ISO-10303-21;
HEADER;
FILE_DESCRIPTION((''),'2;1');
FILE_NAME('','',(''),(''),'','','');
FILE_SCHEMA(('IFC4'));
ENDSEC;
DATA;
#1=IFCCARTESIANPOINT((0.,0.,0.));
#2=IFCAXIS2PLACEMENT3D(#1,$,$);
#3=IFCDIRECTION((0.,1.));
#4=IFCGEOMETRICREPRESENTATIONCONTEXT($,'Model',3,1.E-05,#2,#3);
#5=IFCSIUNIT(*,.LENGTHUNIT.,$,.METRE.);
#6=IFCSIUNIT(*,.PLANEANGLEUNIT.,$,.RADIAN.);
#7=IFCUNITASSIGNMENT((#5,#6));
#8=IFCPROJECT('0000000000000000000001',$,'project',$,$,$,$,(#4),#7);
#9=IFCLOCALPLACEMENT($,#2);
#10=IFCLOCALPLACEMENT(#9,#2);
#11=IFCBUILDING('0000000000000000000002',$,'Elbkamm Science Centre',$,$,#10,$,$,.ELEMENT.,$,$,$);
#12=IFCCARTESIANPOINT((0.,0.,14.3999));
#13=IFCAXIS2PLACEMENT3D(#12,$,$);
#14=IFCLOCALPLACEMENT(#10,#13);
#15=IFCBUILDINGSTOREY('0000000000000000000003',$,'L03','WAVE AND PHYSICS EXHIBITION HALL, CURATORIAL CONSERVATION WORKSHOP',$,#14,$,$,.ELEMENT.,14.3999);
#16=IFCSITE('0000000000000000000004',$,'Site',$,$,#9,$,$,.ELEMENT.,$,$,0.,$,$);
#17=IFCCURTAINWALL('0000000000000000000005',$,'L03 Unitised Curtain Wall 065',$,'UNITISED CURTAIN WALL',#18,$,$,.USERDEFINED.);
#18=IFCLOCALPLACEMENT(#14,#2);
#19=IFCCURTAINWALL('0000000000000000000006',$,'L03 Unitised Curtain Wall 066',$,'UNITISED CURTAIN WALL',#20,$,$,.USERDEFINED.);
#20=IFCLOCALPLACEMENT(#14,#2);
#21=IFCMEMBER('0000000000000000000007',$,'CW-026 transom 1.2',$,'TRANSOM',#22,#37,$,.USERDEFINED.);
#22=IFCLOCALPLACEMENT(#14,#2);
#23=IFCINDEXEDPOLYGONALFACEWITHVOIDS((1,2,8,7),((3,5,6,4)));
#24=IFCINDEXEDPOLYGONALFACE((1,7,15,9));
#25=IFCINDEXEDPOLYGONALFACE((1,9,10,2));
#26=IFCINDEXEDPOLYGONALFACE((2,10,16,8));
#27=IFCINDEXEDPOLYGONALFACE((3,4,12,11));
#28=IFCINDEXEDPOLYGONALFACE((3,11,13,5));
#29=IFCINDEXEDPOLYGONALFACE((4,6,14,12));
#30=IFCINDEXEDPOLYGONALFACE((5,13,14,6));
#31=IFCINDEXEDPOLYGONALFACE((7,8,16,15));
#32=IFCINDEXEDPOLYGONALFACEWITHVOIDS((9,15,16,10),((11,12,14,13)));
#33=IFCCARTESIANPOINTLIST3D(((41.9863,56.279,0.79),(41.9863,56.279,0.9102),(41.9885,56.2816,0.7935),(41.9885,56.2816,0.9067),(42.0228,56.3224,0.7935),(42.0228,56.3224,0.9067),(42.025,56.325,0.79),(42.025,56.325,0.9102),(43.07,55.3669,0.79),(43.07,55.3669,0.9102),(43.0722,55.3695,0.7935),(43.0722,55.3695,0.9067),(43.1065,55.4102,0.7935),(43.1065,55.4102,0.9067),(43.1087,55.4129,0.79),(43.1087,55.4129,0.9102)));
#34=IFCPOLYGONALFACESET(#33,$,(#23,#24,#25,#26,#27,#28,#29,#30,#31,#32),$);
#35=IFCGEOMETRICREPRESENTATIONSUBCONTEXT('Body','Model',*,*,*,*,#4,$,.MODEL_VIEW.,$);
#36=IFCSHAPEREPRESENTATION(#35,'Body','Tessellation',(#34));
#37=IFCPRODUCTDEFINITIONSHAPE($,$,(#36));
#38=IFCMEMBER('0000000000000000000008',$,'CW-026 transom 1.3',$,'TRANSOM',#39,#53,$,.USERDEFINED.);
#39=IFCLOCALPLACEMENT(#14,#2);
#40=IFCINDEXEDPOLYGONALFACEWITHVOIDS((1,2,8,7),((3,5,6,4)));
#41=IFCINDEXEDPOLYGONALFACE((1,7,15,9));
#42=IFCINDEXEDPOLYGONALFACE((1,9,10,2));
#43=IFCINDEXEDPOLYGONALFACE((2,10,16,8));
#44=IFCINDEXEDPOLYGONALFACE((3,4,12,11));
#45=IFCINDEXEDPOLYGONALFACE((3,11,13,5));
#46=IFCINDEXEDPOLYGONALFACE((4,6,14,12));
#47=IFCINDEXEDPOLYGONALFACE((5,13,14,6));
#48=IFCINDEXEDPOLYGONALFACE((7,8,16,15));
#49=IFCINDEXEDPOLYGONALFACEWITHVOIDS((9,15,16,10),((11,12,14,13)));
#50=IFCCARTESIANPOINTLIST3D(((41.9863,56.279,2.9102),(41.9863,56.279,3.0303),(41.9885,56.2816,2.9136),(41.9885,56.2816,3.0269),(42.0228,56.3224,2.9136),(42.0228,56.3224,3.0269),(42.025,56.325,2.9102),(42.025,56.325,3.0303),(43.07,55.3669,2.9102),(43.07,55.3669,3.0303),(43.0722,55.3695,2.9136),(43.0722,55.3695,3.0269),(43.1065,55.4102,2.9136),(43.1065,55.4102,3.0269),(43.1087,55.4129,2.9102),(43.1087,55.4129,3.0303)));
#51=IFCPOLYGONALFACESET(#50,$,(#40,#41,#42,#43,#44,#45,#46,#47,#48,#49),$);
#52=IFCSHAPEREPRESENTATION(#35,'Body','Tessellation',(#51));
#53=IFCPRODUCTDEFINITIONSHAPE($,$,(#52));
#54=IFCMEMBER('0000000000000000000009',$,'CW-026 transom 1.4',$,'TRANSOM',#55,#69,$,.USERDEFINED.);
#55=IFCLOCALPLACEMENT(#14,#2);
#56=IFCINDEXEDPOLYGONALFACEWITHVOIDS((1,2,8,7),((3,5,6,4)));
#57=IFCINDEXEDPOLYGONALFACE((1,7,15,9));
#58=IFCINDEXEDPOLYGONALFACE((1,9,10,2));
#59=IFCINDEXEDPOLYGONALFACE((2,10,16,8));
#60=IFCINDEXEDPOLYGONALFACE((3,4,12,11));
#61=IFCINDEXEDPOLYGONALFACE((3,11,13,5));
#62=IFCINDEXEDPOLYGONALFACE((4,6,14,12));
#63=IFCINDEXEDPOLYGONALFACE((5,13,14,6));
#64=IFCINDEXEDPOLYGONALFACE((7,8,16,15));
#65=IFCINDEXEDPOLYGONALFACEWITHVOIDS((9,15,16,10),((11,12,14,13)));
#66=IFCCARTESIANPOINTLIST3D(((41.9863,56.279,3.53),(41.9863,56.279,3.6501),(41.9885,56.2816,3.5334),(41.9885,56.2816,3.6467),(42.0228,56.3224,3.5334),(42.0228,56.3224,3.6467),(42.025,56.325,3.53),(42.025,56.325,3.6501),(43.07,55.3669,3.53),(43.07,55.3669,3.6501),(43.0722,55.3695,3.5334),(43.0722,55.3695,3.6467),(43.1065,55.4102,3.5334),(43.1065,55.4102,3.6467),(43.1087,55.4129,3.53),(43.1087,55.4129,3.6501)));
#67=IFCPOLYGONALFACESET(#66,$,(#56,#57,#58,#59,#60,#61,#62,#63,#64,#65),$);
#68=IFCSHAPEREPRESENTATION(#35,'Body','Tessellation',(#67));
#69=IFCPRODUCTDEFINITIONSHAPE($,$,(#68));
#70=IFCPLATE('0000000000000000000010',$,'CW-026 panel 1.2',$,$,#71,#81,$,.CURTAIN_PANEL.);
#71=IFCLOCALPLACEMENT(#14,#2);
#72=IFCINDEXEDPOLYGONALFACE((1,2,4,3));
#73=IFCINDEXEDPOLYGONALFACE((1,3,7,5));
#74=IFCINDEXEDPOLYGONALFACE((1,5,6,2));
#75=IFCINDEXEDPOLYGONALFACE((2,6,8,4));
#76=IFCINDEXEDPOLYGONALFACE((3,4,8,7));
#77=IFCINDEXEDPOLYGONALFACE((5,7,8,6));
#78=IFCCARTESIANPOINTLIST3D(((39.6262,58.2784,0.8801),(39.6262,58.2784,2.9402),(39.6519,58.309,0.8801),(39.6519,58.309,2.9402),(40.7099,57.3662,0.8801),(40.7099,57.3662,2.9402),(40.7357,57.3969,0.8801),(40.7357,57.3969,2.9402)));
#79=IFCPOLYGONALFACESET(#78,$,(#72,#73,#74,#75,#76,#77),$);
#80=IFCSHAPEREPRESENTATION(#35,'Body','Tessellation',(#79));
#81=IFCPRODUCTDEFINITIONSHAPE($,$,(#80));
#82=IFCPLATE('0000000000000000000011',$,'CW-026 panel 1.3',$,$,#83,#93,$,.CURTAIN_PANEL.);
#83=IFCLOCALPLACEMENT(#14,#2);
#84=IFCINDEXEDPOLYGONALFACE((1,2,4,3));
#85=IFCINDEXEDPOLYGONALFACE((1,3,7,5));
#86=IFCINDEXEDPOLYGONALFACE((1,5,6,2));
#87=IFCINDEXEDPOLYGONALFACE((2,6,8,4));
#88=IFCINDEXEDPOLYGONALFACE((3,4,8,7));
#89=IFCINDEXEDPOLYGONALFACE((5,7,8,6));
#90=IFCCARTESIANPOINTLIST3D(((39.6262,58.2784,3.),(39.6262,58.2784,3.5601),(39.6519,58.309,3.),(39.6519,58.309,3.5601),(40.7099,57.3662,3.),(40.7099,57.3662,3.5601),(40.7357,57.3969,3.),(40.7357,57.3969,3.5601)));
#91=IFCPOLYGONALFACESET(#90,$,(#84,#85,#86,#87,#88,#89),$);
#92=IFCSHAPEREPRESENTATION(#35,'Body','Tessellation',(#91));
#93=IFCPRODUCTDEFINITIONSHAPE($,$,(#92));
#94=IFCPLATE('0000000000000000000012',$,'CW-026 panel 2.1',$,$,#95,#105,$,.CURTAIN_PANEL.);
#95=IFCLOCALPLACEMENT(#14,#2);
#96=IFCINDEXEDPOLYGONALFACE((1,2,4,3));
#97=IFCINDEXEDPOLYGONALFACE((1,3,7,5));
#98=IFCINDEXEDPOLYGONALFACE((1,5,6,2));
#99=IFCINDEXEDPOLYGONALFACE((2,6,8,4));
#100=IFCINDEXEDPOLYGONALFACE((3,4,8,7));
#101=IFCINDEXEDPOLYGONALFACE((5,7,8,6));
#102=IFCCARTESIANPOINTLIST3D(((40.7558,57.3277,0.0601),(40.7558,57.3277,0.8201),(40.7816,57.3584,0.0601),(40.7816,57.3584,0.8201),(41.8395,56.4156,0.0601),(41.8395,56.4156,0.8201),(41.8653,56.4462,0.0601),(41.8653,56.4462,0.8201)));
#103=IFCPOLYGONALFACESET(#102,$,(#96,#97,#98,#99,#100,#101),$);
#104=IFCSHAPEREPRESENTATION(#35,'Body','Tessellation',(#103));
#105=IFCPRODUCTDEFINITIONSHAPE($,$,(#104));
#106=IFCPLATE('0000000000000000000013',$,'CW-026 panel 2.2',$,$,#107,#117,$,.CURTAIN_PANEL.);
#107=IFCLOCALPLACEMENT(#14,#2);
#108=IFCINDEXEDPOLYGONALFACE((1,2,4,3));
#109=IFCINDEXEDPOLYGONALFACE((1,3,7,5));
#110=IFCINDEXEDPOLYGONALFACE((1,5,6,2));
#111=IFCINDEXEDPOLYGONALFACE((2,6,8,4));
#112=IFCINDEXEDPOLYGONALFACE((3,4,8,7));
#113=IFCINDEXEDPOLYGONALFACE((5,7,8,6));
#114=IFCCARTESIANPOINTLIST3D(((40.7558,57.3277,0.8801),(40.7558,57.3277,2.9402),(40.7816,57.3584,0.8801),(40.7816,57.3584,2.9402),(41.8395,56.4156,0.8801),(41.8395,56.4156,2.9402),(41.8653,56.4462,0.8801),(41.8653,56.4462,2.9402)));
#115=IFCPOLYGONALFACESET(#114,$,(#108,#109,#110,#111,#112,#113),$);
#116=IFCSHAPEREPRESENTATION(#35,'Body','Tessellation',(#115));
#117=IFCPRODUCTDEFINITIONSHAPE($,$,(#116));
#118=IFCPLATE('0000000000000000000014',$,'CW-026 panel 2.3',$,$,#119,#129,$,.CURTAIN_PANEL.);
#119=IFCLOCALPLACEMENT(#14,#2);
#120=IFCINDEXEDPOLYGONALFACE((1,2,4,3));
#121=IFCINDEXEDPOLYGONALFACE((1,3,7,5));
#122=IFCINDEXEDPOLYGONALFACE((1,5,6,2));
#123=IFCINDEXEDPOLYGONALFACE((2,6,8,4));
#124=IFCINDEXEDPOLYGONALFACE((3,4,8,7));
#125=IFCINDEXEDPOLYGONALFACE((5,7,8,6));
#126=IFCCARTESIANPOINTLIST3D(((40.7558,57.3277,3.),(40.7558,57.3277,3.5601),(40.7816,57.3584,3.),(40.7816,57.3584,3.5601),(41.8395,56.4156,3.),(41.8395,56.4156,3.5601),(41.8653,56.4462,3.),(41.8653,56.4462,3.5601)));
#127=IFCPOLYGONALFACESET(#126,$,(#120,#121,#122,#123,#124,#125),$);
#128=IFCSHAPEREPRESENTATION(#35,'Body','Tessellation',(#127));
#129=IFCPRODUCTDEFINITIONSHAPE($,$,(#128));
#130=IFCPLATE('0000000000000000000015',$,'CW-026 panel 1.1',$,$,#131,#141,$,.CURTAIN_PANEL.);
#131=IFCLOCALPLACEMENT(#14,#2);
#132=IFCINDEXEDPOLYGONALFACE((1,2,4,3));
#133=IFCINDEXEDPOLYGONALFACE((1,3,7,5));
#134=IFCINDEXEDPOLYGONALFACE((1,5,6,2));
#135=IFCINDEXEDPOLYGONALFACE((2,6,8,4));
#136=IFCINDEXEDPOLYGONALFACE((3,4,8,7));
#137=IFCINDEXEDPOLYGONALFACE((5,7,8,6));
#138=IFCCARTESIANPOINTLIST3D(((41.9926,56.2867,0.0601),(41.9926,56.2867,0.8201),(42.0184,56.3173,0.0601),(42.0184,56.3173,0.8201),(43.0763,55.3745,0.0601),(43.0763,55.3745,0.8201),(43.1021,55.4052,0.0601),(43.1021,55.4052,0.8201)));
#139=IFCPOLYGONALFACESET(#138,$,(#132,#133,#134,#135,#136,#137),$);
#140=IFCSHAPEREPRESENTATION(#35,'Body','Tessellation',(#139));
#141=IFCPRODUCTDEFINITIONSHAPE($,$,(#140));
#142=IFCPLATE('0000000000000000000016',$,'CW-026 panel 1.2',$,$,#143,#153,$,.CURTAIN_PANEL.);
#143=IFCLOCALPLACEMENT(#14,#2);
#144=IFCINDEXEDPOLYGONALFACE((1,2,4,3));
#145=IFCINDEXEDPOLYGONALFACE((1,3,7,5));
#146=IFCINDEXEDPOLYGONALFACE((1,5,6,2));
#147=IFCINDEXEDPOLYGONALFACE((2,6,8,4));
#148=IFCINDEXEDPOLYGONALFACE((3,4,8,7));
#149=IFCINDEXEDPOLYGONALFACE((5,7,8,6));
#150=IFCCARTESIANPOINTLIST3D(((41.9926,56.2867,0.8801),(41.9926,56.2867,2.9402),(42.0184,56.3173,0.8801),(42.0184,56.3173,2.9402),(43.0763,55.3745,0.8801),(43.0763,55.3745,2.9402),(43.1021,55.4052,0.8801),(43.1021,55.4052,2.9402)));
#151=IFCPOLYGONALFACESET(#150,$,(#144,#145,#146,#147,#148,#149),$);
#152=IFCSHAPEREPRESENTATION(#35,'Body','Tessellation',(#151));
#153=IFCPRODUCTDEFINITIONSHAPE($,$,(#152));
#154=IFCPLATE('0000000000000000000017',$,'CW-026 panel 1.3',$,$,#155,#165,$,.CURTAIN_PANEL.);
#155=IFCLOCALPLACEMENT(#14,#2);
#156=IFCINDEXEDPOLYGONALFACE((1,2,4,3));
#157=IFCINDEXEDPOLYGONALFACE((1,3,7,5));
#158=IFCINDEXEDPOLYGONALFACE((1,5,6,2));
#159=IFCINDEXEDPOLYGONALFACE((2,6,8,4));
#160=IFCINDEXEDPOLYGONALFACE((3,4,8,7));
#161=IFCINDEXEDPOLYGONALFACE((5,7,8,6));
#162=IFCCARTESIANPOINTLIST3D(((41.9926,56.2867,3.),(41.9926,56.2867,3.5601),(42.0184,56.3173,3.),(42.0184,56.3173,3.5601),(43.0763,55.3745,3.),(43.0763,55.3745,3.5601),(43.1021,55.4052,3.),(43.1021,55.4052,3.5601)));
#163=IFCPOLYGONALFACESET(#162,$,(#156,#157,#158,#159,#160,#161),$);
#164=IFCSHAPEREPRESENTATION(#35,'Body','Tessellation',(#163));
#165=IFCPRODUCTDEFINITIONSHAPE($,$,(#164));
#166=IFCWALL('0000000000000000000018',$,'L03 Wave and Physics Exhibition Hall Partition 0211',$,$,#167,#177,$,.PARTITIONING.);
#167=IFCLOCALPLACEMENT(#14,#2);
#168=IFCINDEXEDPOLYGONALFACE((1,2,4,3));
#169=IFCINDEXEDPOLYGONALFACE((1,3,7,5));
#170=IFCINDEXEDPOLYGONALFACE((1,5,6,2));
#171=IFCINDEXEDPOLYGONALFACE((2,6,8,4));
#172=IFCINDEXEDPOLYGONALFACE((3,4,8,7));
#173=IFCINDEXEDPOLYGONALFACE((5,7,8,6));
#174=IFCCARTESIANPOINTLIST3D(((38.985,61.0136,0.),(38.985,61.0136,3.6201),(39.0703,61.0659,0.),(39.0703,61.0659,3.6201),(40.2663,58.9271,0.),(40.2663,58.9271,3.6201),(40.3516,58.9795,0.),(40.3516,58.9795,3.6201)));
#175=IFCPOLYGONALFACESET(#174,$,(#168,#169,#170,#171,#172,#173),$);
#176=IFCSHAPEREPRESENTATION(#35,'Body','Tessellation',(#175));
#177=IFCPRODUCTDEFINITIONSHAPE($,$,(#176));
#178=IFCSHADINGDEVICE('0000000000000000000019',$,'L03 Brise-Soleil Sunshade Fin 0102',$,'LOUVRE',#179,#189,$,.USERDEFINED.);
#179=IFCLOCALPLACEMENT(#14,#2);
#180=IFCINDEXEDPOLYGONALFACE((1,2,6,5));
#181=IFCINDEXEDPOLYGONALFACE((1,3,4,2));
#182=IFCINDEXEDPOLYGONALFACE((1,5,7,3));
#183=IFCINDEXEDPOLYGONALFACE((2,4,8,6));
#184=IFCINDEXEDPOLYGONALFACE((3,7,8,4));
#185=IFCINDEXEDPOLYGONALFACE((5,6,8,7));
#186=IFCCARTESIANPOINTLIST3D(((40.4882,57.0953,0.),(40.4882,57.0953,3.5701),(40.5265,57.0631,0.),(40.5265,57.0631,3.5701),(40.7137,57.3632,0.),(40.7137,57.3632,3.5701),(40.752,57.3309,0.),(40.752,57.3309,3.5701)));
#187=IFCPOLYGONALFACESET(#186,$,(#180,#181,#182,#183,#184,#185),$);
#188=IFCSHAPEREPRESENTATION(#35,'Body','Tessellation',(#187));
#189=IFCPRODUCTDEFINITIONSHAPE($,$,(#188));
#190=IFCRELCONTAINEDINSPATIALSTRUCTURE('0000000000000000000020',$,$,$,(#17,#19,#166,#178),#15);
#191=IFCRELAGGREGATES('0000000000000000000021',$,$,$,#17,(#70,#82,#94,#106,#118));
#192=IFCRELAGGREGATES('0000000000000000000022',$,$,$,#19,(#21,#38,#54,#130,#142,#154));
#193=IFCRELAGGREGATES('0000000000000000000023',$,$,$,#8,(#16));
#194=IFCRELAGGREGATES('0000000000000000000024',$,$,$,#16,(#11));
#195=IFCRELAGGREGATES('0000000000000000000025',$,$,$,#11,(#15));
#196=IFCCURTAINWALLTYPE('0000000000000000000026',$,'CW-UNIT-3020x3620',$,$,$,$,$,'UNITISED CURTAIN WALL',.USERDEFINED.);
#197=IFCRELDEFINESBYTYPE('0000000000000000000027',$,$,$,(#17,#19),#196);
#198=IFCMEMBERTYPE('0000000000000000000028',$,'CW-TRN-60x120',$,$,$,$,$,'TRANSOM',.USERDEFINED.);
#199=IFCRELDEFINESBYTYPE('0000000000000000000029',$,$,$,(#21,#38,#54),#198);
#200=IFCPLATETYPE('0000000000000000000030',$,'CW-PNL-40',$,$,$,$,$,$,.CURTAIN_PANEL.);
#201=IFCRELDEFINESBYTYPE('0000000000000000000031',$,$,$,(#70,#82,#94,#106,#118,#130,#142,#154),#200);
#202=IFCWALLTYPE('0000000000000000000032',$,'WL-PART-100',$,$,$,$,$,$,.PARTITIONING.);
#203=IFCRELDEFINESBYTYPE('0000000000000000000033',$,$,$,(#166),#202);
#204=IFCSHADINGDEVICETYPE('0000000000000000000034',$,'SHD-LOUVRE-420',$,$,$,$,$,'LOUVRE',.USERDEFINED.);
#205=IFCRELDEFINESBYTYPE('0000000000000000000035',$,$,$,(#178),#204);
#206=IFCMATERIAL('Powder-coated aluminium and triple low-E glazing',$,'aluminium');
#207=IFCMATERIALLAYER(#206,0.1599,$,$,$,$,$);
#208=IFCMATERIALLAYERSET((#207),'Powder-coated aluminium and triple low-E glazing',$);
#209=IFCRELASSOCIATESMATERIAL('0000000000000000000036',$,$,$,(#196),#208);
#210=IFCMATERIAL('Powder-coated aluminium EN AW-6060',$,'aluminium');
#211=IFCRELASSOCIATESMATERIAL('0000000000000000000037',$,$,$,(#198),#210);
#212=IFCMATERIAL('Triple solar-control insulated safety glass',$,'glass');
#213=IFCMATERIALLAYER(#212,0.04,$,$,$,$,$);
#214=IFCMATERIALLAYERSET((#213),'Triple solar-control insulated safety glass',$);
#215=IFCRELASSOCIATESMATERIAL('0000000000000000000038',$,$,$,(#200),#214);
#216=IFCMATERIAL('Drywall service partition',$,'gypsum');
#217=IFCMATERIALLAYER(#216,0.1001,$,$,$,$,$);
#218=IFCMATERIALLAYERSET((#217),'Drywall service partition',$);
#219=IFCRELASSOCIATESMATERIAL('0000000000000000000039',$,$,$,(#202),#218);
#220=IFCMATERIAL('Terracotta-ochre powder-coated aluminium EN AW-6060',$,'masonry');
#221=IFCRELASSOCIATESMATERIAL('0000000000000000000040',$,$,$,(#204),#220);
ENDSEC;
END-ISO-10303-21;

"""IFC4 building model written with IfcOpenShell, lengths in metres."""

from ifc_helpers import new_model, si_unit, direction, frame, frame_2d, origin, origin_2d, place, context, subcontext, project, spatial, rectangle, hollow_rectangle, extrude, material, layer, layer_set, material_profile, profile_set, type_object, element, aggregate, save


model = new_model("IFC4")

# Units and contexts
model_context = context("Model", 3, precision=1e-05, world=origin(), true_north=direction((0.0, 1.0)))
body_context = subcontext(model_context, "Body", "Model", "MODEL_VIEW")
ifc_project = project(units=[si_unit("LENGTHUNIT", "METRE"), si_unit("PLANEANGLEUNIT", "RADIAN")], contexts=[model_context])

# Site, building, storey
site_placement = place(None, origin())
site = spatial("IfcSite", under=ifc_project, at=site_placement, Name="Site", CompositionType="ELEMENT", RefElevation=0.0)
building_placement = place(site_placement, origin())
building = spatial("IfcBuilding", under=site, at=building_placement, Name="Elbkamm Science Centre", CompositionType="ELEMENT")
storey_placement = place(building_placement, frame((0.0, 0.0, 14.3999)))
storey = spatial("IfcBuildingStorey", under=building, at=storey_placement, Name="L03", Description="WAVE AND PHYSICS EXHIBITION HALL, CURATORIAL CONSERVATION WORKSHOP", CompositionType="ELEMENT", Elevation=14.3999)

# Curtain wall
ifc_material_1 = material(Name="Powder-coated aluminium and triple low-E glazing", Category="aluminium")
ifc_layer_1 = layer(ifc_material_1, 0.1599)
ifc_layer_set_1 = layer_set([ifc_layer_1], Name="Powder-coated aluminium and triple low-E glazing")
curtain_wall_type = type_object("IfcCurtainWallType", Name="CW-UNIT-3020x3620", ElementType="UNITISED CURTAIN WALL", PredefinedType="USERDEFINED", material=ifc_layer_set_1)
curtain_wall_1_placement = place(storey_placement, origin())
curtain_wall_1 = element("IfcCurtainWall", 1, at=curtain_wall_1_placement, inside=storey, type_object=curtain_wall_type, Name="L03 Unitised Curtain Wall 065", ObjectType="UNITISED CURTAIN WALL", PredefinedType="USERDEFINED")
ifc_material_2 = material(Name="Powder-coated aluminium EN AW-6060", Category="aluminium")

# Curtain wall
curtain_wall_2_placement = place(storey_placement, origin())
curtain_wall_2 = element("IfcCurtainWall", 2, at=curtain_wall_2_placement, inside=storey, type_object=curtain_wall_type, Name="L03 Unitised Curtain Wall 066", ObjectType="UNITISED CURTAIN WALL", PredefinedType="USERDEFINED")

# Members
ifc_material_profile_1 = material_profile(ifc_material_2, hollow_rectangle(XDim=0.0601, YDim=0.1201, WallThickness=0.0034, at=origin_2d()), Name="ALU T60x120")
ifc_profile_set_1 = profile_set([ifc_material_profile_1], Name="Powder-coated aluminium EN AW-6060")
member_type_1 = type_object("IfcMemberType", Name="CW-TRN-60x120", ElementType="TRANSOM", PredefinedType="USERDEFINED", material=ifc_profile_set_1)
member_1_placement = place(storey_placement, frame((42.0056, 56.302, 0.8501), z_axis=(0.76509, -0.643923, 0.0), x_axis=(0.643923, 0.76509, 0.0)))
member_1 = element("IfcMember", 3, at=member_1_placement, type_object=member_type_1, Name="CW-026 transom 1.2", ObjectType="TRANSOM", PredefinedType="USERDEFINED", context=body_context, shape_type="SweptSolid", body=[
    extrude(hollow_rectangle(XDim=0.0601, YDim=0.1201, WallThickness=0.0034, at=origin_2d()), origin(), (0.0, 0.0, 1.0), 1.4165),
])
member_2_placement = place(storey_placement, frame((42.0056, 56.302, 2.9702), z_axis=(0.76509, -0.643923, 0.0), x_axis=(0.643923, 0.76509, 0.0)))
member_2 = element("IfcMember", 4, at=member_2_placement, type_object=member_type_1, Name="CW-026 transom 1.3", ObjectType="TRANSOM", PredefinedType="USERDEFINED", context=body_context, shape_type="SweptSolid", body=[
    extrude(hollow_rectangle(XDim=0.0601, YDim=0.1201, WallThickness=0.0034, at=origin_2d()), origin(), (0.0, 0.0, 1.0), 1.4165),
])
member_3_placement = place(storey_placement, frame((42.0056, 56.302, 3.5901), z_axis=(0.76509, -0.643923, 0.0), x_axis=(0.643923, 0.76509, 0.0)))
member_3 = element("IfcMember", 5, at=member_3_placement, type_object=member_type_1, Name="CW-026 transom 1.4", ObjectType="TRANSOM", PredefinedType="USERDEFINED", context=body_context, shape_type="SweptSolid", body=[
    extrude(hollow_rectangle(XDim=0.0601, YDim=0.1201, WallThickness=0.0034, at=origin_2d()), origin(), (0.0, 0.0, 1.0), 1.4165),
])

# Plates
ifc_material_3 = material(Name="Triple solar-control insulated safety glass", Category="glass")
ifc_layer_2 = layer(ifc_material_3, 0.04)
ifc_layer_set_2 = layer_set([ifc_layer_2], Name="Triple solar-control insulated safety glass")
plate_type = type_object("IfcPlateType", Name="CW-PNL-40", PredefinedType="CURTAIN_PANEL", material=ifc_layer_set_2)
plate_1_placement = place(storey_placement, frame((40.1809, 57.8376, 0.8801), z_axis=(0.0, 0.0, 1.0), x_axis=(0.765062, -0.643957, 0.0)))
plate_1 = element("IfcPlate", 6, at=plate_1_placement, type_object=plate_type, Name="CW-026 panel 1.2", PredefinedType="CURTAIN_PANEL", context=body_context, shape_type="SweptSolid", body=[
    extrude(rectangle(XDim=1.4165, YDim=0.04, at=origin_2d()), origin(), (0.0, 0.0, 1.0), 2.0601),
])
plate_2_placement = place(storey_placement, frame((40.1809, 57.8376, 3.0), z_axis=(0.0, 0.0, 1.0), x_axis=(0.765062, -0.643957, 0.0)))
plate_2 = element("IfcPlate", 7, at=plate_2_placement, type_object=plate_type, Name="CW-026 panel 1.3", PredefinedType="CURTAIN_PANEL", context=body_context, shape_type="SweptSolid", body=[
    extrude(rectangle(XDim=1.4165, YDim=0.04, at=origin_2d()), origin(), (0.0, 0.0, 1.0), 0.5601),
])
plate_3_placement = place(storey_placement, frame((41.3105, 56.887, 0.0601), z_axis=(0.0, 0.0, 1.0), x_axis=(0.765062, -0.643957, 0.0)))
plate_3 = element("IfcPlate", 8, at=plate_3_placement, type_object=plate_type, Name="CW-026 panel 2.1", PredefinedType="CURTAIN_PANEL", context=body_context, shape_type="SweptSolid", body=[
    extrude(rectangle(XDim=1.4165, YDim=0.04, at=origin_2d()), origin(), (0.0, 0.0, 1.0), 0.76),
])
plate_4_placement = place(storey_placement, frame((41.3105, 56.887, 0.8801), z_axis=(0.0, 0.0, 1.0), x_axis=(0.765062, -0.643957, 0.0)))
plate_4 = element("IfcPlate", 9, at=plate_4_placement, type_object=plate_type, Name="CW-026 panel 2.2", PredefinedType="CURTAIN_PANEL", context=body_context, shape_type="SweptSolid", body=[
    extrude(rectangle(XDim=1.4165, YDim=0.04, at=origin_2d()), origin(), (0.0, 0.0, 1.0), 2.0601),
])
plate_5_placement = place(storey_placement, frame((41.3105, 56.887, 3.0), z_axis=(0.0, 0.0, 1.0), x_axis=(0.765062, -0.643957, 0.0)))
plate_5 = element("IfcPlate", 10, at=plate_5_placement, type_object=plate_type, Name="CW-026 panel 2.3", PredefinedType="CURTAIN_PANEL", context=body_context, shape_type="SweptSolid", body=[
    extrude(rectangle(XDim=1.4165, YDim=0.04, at=origin_2d()), origin(), (0.0, 0.0, 1.0), 0.5601),
])
aggregate(curtain_wall_1, [plate_1, plate_2, plate_3, plate_4, plate_5])
plate_6_placement = place(storey_placement, frame((42.5474, 55.8459, 0.0601), z_axis=(0.0, 0.0, 1.0), x_axis=(0.765062, -0.643957, 0.0)))
plate_6 = element("IfcPlate", 11, at=plate_6_placement, type_object=plate_type, Name="CW-026 panel 1.1", PredefinedType="CURTAIN_PANEL", context=body_context, shape_type="SweptSolid", body=[
    extrude(rectangle(XDim=1.4165, YDim=0.04, at=origin_2d()), origin(), (0.0, 0.0, 1.0), 0.76),
])
plate_7_placement = place(storey_placement, frame((42.5474, 55.8459, 0.8801), z_axis=(0.0, 0.0, 1.0), x_axis=(0.765062, -0.643957, 0.0)))
plate_7 = element("IfcPlate", 12, at=plate_7_placement, type_object=plate_type, Name="CW-026 panel 1.2", PredefinedType="CURTAIN_PANEL", context=body_context, shape_type="SweptSolid", body=[
    extrude(rectangle(XDim=1.4165, YDim=0.04, at=origin_2d()), origin(), (0.0, 0.0, 1.0), 2.0601),
])
plate_8_placement = place(storey_placement, frame((42.5474, 55.8459, 3.0), z_axis=(0.0, 0.0, 1.0), x_axis=(0.765062, -0.643957, 0.0)))
plate_8 = element("IfcPlate", 13, at=plate_8_placement, type_object=plate_type, Name="CW-026 panel 1.3", PredefinedType="CURTAIN_PANEL", context=body_context, shape_type="SweptSolid", body=[
    extrude(rectangle(XDim=1.4165, YDim=0.04, at=origin_2d()), origin(), (0.0, 0.0, 1.0), 0.5601),
])
aggregate(curtain_wall_2, [member_1, member_2, member_3, plate_6, plate_7, plate_8])

# Wall
ifc_material_4 = material(Name="Drywall service partition", Category="gypsum")
ifc_layer_3 = layer(ifc_material_4, 0.1001)
ifc_layer_set_3 = layer_set([ifc_layer_3], Name="Drywall service partition")
wall_type = type_object("IfcWallType", Name="WL-PART-100", PredefinedType="PARTITIONING", material=ifc_layer_set_3)
wall_placement = place(storey_placement, frame((40.3088, 58.9534, 0.0), z_axis=(0.0, 0.0, 1.0), x_axis=(-0.523296, 0.852151, 0.0)))
element("IfcWall", 14, at=wall_placement, inside=storey, type_object=wall_type, Name="L03 Wave and Physics Exhibition Hall Partition 0211", PredefinedType="PARTITIONING", context=body_context, shape_type="SweptSolid", body=[
    extrude(rectangle(XDim=2.4485, YDim=0.1001, at=frame_2d((1.2241, 0.0))), origin(), (0.0, 0.0, 1.0), 3.6201),
])

# Shading device
ifc_material_5 = material(Name="Terracotta-ochre powder-coated aluminium EN AW-6060", Category="masonry")
shading_device_type = type_object("IfcShadingDeviceType", Name="SHD-LOUVRE-420", ElementType="LOUVRE", PredefinedType="USERDEFINED", material=ifc_material_5)
for number, where, z_axis, x_axis, name in (
    (15, (40.6201, 57.2131, 0.0), (0.0, 0.0, 1.0), (-0.643957, -0.765062, 0.0), "L03 Brise-Soleil Sunshade Fin 0102"),
):
    element("IfcShadingDevice", number, at=place(storey_placement, frame(where, z_axis=z_axis, x_axis=x_axis)), inside=storey, type_object=shading_device_type, Name=name, ObjectType="LOUVRE", PredefinedType="USERDEFINED", context=body_context, shape_type="SweptSolid", body=[
        extrude(rectangle(XDim=0.3501, YDim=0.05, at=origin_2d()), origin(), (0.0, 0.0, 1.0), 3.5701),
    ])

save(model, "model.ifc")
